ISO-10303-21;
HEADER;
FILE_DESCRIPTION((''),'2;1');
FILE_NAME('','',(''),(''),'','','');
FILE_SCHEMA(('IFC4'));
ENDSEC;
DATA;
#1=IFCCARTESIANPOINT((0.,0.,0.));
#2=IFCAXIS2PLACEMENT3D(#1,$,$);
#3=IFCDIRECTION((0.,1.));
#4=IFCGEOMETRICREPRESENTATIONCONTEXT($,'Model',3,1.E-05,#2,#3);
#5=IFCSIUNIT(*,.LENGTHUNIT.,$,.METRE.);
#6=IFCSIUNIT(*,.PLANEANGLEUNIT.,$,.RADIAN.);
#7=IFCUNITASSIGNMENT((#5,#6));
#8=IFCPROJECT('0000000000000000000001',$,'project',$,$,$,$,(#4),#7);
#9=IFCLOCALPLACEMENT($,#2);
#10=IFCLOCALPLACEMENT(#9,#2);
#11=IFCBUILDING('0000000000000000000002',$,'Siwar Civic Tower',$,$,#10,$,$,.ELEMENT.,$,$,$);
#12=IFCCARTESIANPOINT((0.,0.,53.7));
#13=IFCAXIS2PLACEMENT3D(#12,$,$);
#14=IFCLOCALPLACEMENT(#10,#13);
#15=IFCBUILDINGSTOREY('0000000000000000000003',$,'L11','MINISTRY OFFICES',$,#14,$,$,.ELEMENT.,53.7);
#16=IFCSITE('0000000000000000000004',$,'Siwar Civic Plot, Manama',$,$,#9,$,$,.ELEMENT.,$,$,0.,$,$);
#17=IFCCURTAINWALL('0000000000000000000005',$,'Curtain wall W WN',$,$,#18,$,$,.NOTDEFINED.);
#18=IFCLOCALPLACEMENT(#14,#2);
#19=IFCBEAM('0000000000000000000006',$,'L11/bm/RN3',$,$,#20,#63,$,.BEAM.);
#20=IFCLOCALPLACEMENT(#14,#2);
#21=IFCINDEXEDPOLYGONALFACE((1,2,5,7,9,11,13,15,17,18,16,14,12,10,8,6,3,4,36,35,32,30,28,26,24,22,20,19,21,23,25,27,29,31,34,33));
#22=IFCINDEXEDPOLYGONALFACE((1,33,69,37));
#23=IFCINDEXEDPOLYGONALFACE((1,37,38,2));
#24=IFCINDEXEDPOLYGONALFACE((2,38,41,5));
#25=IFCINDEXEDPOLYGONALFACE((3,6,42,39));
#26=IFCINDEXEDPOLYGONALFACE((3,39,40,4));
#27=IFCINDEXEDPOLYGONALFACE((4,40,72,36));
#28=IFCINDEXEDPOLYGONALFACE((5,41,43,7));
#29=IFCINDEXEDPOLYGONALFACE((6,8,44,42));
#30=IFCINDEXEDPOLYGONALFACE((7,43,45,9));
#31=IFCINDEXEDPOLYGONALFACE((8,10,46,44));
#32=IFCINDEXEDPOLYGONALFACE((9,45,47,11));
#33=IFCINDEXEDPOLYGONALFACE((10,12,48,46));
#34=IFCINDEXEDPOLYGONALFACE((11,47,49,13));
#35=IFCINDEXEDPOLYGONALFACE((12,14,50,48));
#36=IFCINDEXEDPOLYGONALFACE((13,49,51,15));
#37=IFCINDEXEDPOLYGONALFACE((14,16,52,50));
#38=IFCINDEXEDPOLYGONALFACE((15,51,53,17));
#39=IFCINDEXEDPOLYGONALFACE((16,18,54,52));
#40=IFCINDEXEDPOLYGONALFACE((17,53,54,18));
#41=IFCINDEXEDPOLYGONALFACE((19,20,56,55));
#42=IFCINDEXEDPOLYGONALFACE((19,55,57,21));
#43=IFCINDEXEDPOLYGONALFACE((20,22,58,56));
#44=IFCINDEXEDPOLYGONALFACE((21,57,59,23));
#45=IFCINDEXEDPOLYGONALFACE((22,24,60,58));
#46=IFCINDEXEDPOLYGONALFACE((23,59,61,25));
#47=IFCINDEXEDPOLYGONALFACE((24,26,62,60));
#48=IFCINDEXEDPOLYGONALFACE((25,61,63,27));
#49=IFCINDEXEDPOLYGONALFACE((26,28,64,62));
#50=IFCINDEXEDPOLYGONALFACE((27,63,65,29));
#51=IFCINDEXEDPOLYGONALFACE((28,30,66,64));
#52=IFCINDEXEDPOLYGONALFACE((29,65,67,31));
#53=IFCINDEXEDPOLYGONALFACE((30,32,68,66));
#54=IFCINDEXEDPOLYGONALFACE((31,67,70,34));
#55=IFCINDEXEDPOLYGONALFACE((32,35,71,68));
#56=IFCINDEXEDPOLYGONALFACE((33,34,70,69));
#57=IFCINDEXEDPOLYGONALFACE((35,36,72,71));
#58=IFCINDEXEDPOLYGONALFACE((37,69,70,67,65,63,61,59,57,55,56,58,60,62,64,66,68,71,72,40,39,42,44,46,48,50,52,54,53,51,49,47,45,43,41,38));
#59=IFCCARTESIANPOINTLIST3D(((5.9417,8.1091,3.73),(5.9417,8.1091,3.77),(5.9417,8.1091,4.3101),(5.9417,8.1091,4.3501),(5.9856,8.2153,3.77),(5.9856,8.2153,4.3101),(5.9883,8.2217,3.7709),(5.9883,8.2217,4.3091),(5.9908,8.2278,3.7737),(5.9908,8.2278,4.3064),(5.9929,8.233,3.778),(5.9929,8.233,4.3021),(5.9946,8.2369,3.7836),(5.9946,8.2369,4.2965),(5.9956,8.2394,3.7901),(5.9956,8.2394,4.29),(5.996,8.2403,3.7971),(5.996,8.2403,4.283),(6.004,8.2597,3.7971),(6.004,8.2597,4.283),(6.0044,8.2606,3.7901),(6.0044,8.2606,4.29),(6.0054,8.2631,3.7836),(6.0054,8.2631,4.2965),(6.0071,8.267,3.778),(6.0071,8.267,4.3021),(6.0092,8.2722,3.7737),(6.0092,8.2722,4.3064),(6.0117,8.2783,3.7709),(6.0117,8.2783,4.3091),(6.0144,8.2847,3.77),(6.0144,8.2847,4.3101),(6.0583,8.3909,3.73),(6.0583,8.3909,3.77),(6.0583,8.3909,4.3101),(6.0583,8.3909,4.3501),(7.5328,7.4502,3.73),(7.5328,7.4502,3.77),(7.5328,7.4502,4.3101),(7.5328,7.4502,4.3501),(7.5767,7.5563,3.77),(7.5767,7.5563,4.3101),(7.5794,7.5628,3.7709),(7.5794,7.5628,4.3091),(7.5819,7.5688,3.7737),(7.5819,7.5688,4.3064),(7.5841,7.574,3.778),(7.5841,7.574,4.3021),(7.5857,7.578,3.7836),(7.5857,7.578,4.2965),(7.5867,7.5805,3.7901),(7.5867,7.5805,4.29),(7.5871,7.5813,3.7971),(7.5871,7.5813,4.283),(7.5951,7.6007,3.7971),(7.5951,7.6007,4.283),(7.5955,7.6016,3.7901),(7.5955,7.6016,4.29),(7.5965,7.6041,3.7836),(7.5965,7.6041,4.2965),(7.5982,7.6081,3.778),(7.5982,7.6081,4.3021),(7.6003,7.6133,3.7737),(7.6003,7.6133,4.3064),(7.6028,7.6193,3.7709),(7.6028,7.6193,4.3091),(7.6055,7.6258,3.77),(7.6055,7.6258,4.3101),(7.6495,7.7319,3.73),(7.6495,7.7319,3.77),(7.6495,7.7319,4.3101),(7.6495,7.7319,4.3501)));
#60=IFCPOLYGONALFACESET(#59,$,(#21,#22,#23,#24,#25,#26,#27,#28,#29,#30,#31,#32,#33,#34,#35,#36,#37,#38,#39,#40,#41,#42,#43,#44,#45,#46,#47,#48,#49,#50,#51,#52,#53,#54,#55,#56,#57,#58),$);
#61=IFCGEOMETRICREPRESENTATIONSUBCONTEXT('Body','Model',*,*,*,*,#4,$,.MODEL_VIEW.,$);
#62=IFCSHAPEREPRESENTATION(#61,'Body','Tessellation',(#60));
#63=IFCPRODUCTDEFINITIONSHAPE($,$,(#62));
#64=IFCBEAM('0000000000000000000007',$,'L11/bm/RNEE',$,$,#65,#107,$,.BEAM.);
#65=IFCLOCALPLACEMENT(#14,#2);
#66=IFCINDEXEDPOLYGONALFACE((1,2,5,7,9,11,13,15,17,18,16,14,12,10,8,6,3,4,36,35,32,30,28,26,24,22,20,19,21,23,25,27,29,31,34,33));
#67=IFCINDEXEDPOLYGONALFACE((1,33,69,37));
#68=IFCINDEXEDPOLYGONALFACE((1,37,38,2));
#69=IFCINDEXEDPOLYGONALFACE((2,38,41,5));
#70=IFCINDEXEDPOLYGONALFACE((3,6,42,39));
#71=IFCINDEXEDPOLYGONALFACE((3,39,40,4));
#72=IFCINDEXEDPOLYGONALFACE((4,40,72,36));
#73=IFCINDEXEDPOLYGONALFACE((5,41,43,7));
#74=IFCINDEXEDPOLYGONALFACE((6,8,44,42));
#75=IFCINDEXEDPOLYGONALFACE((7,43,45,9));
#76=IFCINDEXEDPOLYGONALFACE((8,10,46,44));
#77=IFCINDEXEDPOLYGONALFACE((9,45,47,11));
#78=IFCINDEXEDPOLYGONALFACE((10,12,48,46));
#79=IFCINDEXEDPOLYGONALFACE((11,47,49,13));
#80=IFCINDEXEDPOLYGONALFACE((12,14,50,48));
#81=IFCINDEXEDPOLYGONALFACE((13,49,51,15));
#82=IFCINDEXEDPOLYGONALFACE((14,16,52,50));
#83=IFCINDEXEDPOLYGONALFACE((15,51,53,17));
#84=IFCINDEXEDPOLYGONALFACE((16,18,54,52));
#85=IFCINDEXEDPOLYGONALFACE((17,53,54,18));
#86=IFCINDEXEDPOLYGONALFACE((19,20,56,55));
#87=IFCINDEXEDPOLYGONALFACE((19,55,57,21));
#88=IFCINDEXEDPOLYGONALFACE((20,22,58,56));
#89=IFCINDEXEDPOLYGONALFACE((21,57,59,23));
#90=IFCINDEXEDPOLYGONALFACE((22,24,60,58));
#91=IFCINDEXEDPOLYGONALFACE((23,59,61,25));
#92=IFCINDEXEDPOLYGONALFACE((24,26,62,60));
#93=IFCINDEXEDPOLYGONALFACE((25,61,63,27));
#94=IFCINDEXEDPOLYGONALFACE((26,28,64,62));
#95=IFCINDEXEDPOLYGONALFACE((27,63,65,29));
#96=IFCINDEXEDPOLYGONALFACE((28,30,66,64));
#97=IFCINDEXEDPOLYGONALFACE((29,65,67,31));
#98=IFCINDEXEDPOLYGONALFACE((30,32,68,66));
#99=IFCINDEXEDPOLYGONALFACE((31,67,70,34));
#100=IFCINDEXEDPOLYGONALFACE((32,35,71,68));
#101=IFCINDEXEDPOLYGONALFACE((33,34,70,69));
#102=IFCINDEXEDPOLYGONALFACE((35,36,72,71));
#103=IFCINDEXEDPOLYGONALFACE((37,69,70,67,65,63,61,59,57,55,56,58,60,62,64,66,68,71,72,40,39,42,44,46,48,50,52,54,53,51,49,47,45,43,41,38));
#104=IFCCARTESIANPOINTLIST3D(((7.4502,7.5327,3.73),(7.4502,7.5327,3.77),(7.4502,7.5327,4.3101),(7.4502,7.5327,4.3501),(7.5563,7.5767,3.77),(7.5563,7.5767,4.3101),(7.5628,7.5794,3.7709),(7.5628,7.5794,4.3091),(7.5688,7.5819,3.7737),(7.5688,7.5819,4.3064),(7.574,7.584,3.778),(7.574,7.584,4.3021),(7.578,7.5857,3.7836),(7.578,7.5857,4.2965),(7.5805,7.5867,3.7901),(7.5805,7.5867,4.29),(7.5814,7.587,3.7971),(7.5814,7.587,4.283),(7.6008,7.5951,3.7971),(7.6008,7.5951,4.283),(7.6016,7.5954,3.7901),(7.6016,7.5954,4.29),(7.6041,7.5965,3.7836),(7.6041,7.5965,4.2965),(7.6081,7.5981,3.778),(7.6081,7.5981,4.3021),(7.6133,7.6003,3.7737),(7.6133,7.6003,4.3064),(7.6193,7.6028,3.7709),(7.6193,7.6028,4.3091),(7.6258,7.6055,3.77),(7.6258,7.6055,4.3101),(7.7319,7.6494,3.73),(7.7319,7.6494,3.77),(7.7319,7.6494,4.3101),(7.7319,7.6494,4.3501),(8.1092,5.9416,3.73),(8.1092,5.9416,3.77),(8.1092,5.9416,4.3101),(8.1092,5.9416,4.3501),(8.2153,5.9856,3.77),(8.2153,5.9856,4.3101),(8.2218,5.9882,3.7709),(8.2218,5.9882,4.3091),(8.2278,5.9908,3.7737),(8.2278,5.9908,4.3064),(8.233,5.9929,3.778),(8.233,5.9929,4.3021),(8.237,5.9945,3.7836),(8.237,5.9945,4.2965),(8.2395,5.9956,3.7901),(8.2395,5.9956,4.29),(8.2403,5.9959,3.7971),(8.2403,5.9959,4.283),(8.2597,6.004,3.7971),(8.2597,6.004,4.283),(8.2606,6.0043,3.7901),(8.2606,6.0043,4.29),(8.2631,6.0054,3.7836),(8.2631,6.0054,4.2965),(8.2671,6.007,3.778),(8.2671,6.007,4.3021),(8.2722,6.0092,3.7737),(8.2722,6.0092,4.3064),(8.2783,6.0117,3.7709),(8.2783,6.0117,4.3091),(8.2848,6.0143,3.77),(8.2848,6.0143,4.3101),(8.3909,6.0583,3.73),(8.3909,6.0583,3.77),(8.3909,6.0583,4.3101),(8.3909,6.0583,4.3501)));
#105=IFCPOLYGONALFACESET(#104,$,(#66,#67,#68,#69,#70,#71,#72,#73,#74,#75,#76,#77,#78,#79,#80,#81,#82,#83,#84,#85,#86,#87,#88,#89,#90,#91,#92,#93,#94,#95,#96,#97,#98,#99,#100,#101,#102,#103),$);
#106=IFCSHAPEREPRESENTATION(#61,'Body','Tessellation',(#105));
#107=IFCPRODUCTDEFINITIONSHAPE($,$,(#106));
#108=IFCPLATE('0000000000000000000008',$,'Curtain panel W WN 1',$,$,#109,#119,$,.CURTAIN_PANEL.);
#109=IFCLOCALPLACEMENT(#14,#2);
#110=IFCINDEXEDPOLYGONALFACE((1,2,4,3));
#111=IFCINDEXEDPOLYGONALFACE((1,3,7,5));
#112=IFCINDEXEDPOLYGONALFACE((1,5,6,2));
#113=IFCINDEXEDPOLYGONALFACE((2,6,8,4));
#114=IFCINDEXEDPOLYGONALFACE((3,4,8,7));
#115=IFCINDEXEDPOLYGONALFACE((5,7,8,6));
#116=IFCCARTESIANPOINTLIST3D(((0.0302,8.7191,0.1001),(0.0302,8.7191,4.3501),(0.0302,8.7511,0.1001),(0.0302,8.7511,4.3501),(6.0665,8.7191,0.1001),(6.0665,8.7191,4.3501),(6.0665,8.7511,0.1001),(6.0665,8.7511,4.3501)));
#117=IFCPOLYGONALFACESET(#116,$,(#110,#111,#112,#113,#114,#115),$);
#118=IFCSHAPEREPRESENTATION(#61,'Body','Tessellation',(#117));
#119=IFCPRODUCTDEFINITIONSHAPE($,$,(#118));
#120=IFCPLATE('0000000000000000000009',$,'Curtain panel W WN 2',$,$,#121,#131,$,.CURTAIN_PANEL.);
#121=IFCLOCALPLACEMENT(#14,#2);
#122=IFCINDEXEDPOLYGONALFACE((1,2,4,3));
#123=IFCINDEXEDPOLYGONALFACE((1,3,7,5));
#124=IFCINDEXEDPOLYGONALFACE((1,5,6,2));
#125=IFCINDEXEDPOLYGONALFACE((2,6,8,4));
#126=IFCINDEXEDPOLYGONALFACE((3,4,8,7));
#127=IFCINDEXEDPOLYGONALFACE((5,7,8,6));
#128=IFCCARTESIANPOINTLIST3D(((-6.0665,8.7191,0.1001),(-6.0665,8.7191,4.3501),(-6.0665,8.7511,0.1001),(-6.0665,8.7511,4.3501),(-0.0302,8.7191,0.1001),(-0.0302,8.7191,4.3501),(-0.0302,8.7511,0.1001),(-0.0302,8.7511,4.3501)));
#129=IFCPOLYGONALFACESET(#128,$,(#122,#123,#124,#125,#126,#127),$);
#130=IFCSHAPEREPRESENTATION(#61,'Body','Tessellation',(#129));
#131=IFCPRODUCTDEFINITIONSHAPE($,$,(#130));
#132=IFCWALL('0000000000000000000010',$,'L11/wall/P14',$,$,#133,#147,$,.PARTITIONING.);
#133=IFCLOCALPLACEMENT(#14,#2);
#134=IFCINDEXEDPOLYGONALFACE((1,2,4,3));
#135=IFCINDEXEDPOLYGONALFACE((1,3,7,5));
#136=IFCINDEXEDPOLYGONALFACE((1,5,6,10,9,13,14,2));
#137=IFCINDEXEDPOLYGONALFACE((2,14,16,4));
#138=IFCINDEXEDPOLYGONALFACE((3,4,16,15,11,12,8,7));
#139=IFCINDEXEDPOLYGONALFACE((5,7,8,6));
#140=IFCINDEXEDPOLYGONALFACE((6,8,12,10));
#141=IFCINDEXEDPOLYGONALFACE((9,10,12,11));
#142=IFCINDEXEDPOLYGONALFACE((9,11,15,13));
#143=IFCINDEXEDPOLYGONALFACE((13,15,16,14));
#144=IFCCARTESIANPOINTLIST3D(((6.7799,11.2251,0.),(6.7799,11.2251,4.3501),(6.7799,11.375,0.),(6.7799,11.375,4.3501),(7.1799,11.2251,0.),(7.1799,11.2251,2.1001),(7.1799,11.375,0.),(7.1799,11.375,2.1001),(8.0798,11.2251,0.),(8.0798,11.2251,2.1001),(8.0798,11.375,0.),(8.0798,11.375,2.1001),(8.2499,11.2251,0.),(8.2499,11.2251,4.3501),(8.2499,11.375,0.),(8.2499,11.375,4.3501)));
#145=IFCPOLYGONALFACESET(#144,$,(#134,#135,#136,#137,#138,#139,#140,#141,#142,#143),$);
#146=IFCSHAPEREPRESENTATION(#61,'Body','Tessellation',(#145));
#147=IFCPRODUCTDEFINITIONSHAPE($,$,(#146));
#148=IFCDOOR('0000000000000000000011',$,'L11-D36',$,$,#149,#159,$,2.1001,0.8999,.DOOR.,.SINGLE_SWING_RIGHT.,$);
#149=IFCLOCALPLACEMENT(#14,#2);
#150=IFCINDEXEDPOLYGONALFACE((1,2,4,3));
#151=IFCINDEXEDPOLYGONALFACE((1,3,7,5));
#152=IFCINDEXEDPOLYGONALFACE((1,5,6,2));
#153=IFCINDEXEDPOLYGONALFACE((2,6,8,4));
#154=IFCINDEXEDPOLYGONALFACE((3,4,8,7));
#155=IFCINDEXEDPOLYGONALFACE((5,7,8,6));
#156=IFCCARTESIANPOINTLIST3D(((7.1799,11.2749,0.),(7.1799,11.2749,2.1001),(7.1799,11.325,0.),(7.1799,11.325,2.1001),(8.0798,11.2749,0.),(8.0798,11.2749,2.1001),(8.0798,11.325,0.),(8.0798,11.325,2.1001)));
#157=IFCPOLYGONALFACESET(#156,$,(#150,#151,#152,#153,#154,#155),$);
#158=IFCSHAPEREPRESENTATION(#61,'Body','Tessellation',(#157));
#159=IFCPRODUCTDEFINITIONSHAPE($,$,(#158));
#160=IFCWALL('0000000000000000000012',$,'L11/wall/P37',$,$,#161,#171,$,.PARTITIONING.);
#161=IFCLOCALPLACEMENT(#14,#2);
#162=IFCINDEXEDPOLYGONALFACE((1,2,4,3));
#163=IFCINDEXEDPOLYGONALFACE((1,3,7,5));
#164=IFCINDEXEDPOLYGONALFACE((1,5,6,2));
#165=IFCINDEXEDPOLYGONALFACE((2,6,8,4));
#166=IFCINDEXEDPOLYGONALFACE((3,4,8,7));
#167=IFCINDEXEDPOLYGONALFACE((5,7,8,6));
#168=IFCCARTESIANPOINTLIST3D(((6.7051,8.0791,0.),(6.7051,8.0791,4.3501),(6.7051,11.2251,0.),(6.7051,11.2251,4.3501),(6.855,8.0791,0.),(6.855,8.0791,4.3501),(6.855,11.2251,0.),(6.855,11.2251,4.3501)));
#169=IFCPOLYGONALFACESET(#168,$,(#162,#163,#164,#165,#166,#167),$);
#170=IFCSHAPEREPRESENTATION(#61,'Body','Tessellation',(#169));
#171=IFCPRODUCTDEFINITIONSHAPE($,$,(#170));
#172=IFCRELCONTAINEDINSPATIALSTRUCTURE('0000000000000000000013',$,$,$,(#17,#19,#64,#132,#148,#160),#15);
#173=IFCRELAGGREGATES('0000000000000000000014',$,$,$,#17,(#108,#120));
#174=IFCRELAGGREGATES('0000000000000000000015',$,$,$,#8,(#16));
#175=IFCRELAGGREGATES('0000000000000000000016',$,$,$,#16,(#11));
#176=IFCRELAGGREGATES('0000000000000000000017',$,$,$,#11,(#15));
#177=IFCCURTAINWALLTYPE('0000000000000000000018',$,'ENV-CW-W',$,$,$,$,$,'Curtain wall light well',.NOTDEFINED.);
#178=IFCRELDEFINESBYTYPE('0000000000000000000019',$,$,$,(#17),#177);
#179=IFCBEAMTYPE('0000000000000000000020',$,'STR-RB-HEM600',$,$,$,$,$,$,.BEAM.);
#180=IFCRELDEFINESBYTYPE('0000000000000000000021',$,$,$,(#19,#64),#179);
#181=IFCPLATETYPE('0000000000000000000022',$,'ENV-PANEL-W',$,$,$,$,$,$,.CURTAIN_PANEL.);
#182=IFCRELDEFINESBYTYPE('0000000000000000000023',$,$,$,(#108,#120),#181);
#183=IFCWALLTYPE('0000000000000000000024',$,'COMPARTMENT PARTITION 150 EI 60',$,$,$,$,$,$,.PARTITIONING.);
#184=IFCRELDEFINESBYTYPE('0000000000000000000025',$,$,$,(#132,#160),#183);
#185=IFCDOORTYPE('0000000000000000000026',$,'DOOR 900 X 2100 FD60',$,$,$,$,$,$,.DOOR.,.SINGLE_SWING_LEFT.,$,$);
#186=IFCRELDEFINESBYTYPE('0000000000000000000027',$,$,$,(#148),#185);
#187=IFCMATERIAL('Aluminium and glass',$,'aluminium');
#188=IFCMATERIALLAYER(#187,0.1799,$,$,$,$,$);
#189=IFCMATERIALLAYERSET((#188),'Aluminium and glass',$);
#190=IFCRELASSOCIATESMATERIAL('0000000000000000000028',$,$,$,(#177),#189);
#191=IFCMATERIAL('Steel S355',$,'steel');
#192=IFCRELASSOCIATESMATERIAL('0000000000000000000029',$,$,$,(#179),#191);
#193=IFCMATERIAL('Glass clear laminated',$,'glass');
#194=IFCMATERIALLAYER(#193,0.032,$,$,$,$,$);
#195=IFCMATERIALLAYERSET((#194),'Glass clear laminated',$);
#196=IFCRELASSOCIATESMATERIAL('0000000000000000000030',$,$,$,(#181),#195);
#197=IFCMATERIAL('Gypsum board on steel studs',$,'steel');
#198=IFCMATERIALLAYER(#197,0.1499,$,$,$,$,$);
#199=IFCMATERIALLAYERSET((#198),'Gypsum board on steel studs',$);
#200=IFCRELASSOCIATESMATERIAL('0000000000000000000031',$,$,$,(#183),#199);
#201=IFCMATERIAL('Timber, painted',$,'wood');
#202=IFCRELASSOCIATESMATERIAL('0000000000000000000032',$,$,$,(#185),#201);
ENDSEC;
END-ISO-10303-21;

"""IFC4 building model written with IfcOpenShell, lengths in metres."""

from ifc_helpers import new_model, si_unit, direction, frame, frame_2d, origin, origin_2d, place, context, subcontext, project, spatial, rectangle, i_section, extrude, material, layer, layer_set, material_profile, profile_set, type_object, element, fill, aggregate, save


model = new_model("IFC4")

# Units and contexts
model_context = context("Model", 3, precision=1e-05, world=origin(), true_north=direction((0.0, 1.0)))
body_context = subcontext(model_context, "Body", "Model", "MODEL_VIEW")
ifc_project = project(units=[si_unit("LENGTHUNIT", "METRE"), si_unit("PLANEANGLEUNIT", "RADIAN")], contexts=[model_context])

# Site, building, storey
site_placement = place(None, origin())
site = spatial("IfcSite", under=ifc_project, at=site_placement, Name="Siwar Civic Plot, Manama", CompositionType="ELEMENT", RefElevation=0.0)
building_placement = place(site_placement, origin())
building = spatial("IfcBuilding", under=site, at=building_placement, Name="Siwar Civic Tower", CompositionType="ELEMENT")
storey_placement = place(building_placement, frame((0.0, 0.0, 53.7)))
storey = spatial("IfcBuildingStorey", under=building, at=storey_placement, Name="L11", Description="MINISTRY OFFICES", CompositionType="ELEMENT", Elevation=53.7)

# Curtain wall
ifc_material_1 = material(Name="Aluminium and glass", Category="aluminium")
ifc_layer_1 = layer(ifc_material_1, 0.1799)
ifc_layer_set_1 = layer_set([ifc_layer_1], Name="Aluminium and glass")
curtain_wall_type = type_object("IfcCurtainWallType", Name="ENV-CW-W", ElementType="Curtain wall light well", PredefinedType="NOTDEFINED", material=ifc_layer_set_1)
curtain_wall_placement = place(storey_placement, origin())
curtain_wall = element("IfcCurtainWall", 1, at=curtain_wall_placement, inside=storey, type_object=curtain_wall_type, Name="Curtain wall W WN", PredefinedType="NOTDEFINED")

# Beams
ifc_material_2 = material(Name="Steel S355", Category="steel")
ifc_material_profile_1 = material_profile(ifc_material_2, i_section(OverallWidth=0.3049, OverallDepth=0.6201, WebThickness=0.021, FlangeThickness=0.04, FilletRadius=0.0271, at=origin_2d()), Name="HEM600")
ifc_profile_set_1 = profile_set([ifc_material_profile_1], Name="Steel S355")
beam_type_1 = type_object("IfcBeamType", Name="STR-RB-HEM600", PredefinedType="BEAM", material=ifc_profile_set_1)
for number, where, z_axis, x_axis, name in (
    (2, (6.0, 8.25, 4.04), (0.923901, -0.382631, 0.0), (0.382631, 0.923901, 0.0), "L11/bm/RN3"),
    (3, (7.5911, 7.5911, 4.04), (0.382631, -0.923901, 0.0), (0.923901, 0.382631, 0.0), "L11/bm/RNEE"),
):
    element("IfcBeam", number, at=place(storey_placement, frame(where, z_axis=z_axis, x_axis=x_axis)), inside=storey, type_object=beam_type_1, Name=name, PredefinedType="BEAM", context=body_context, shape_type="SweptSolid", body=[
        extrude(i_section(OverallWidth=0.3049, OverallDepth=0.6201, WebThickness=0.021, FlangeThickness=0.04, FilletRadius=0.0271, at=origin_2d()), origin(), (0.0, 0.0, 1.0), 1.7222),
    ])

# Plates
ifc_material_3 = material(Name="Glass clear laminated", Category="glass")
ifc_layer_2 = layer(ifc_material_3, 0.032)
ifc_layer_set_2 = layer_set([ifc_layer_2], Name="Glass clear laminated")
plate_type = type_object("IfcPlateType", Name="ENV-PANEL-W", PredefinedType="CURTAIN_PANEL", material=ifc_layer_set_2)
plate_1_placement = place(storey_placement, frame((3.0483, 8.7351, 0.1001), z_axis=(0.0, 0.0, 1.0), x_axis=(-1.0, 0.0, 0.0)))
plate_1 = element("IfcPlate", 4, at=plate_1_placement, type_object=plate_type, Name="Curtain panel W WN 1", PredefinedType="CURTAIN_PANEL", context=body_context, shape_type="SweptSolid", body=[
    extrude(rectangle(XDim=6.0364, YDim=0.032, at=origin_2d()), origin(), (0.0, 0.0, 1.0), 4.25),
])
plate_2_placement = place(storey_placement, frame((-3.0483, 8.7351, 0.1001), z_axis=(0.0, 0.0, 1.0), x_axis=(-1.0, 0.0, 0.0)))
plate_2 = element("IfcPlate", 5, at=plate_2_placement, type_object=plate_type, Name="Curtain panel W WN 2", PredefinedType="CURTAIN_PANEL", context=body_context, shape_type="SweptSolid", body=[
    extrude(rectangle(XDim=6.0364, YDim=0.032, at=origin_2d()), origin(), (0.0, 0.0, 1.0), 4.25),
])
aggregate(curtain_wall, [plate_1, plate_2])

# Wall, opening, door
ifc_material_4 = material(Name="Gypsum board on steel studs", Category="steel")
ifc_layer_3 = layer(ifc_material_4, 0.1499)
ifc_layer_set_3 = layer_set([ifc_layer_3], Name="Gypsum board on steel studs")
wall_type_1 = type_object("IfcWallType", Name="COMPARTMENT PARTITION 150 EI 60", PredefinedType="PARTITIONING", material=ifc_layer_set_3)
wall_1_placement = place(storey_placement, frame((6.78, 11.3, 0.0), z_axis=(0.0, 0.0, 1.0), x_axis=(1.0, 0.0, 0.0)))
wall_1 = element("IfcWall", 6, at=wall_1_placement, inside=storey, type_object=wall_type_1, Name="L11/wall/P14", PredefinedType="PARTITIONING", context=body_context, shape_type="SweptSolid", body=[
    extrude(rectangle(XDim=1.47, YDim=0.1499, at=frame_2d((0.7349, 0.0))), origin(), (0.0, 0.0, 1.0), 4.3501),
])
opening_1_placement = place(wall_1_placement, frame((0.3999, 0.0, 0.0)))
opening_1 = element("IfcOpeningElement", 7, at=opening_1_placement, cuts=wall_1, PredefinedType="OPENING", context=body_context, shape_type="SweptSolid", body=[
    extrude(rectangle(XDim=0.8999, YDim=2.1001, at=frame_2d((0.45, 1.05))), frame((0.0, 0.085, 0.0), z_axis=(0.0, -1.0, 0.0), x_axis=(1.0, 0.0, 0.0)), (0.0, 0.0, 1.0), 0.1699),
])
ifc_material_5 = material(Name="Timber, painted", Category="wood")
door_type_1 = type_object("IfcDoorType", Name="DOOR 900 X 2100 FD60", OperationType="SINGLE_SWING_LEFT", PredefinedType="DOOR", material=ifc_material_5)
door_1_placement = place(opening_1_placement, origin())
door_1 = element("IfcDoor", 8, at=door_1_placement, inside=storey, type_object=door_type_1, Name="L11-D36", OperationType="SINGLE_SWING_RIGHT", OverallHeight=2.1001, OverallWidth=0.8999, PredefinedType="DOOR", context=body_context, shape_type="SweptSolid", body=[
    extrude(rectangle(XDim=0.8999, YDim=2.1001, at=frame_2d((0.45, 1.05))), frame((0.0, 0.0249, 0.0), z_axis=(0.0, -1.0, 0.0), x_axis=(1.0, 0.0, 0.0)), (0.0, 0.0, 1.0), 0.05),
])
fill(opening_1, door_1)

# Wall
wall_2_placement = place(storey_placement, frame((6.78, 8.0791, 0.0), z_axis=(0.0, 0.0, 1.0), x_axis=(0.0, 1.0, 0.0)))
element("IfcWall", 9, at=wall_2_placement, inside=storey, type_object=wall_type_1, Name="L11/wall/P37", PredefinedType="PARTITIONING", context=body_context, shape_type="SweptSolid", body=[
    extrude(rectangle(XDim=3.146, YDim=0.1499, at=frame_2d((1.573, 0.0))), origin(), (0.0, 0.0, 1.0), 4.3501),
])

save(model, "model.ifc")
